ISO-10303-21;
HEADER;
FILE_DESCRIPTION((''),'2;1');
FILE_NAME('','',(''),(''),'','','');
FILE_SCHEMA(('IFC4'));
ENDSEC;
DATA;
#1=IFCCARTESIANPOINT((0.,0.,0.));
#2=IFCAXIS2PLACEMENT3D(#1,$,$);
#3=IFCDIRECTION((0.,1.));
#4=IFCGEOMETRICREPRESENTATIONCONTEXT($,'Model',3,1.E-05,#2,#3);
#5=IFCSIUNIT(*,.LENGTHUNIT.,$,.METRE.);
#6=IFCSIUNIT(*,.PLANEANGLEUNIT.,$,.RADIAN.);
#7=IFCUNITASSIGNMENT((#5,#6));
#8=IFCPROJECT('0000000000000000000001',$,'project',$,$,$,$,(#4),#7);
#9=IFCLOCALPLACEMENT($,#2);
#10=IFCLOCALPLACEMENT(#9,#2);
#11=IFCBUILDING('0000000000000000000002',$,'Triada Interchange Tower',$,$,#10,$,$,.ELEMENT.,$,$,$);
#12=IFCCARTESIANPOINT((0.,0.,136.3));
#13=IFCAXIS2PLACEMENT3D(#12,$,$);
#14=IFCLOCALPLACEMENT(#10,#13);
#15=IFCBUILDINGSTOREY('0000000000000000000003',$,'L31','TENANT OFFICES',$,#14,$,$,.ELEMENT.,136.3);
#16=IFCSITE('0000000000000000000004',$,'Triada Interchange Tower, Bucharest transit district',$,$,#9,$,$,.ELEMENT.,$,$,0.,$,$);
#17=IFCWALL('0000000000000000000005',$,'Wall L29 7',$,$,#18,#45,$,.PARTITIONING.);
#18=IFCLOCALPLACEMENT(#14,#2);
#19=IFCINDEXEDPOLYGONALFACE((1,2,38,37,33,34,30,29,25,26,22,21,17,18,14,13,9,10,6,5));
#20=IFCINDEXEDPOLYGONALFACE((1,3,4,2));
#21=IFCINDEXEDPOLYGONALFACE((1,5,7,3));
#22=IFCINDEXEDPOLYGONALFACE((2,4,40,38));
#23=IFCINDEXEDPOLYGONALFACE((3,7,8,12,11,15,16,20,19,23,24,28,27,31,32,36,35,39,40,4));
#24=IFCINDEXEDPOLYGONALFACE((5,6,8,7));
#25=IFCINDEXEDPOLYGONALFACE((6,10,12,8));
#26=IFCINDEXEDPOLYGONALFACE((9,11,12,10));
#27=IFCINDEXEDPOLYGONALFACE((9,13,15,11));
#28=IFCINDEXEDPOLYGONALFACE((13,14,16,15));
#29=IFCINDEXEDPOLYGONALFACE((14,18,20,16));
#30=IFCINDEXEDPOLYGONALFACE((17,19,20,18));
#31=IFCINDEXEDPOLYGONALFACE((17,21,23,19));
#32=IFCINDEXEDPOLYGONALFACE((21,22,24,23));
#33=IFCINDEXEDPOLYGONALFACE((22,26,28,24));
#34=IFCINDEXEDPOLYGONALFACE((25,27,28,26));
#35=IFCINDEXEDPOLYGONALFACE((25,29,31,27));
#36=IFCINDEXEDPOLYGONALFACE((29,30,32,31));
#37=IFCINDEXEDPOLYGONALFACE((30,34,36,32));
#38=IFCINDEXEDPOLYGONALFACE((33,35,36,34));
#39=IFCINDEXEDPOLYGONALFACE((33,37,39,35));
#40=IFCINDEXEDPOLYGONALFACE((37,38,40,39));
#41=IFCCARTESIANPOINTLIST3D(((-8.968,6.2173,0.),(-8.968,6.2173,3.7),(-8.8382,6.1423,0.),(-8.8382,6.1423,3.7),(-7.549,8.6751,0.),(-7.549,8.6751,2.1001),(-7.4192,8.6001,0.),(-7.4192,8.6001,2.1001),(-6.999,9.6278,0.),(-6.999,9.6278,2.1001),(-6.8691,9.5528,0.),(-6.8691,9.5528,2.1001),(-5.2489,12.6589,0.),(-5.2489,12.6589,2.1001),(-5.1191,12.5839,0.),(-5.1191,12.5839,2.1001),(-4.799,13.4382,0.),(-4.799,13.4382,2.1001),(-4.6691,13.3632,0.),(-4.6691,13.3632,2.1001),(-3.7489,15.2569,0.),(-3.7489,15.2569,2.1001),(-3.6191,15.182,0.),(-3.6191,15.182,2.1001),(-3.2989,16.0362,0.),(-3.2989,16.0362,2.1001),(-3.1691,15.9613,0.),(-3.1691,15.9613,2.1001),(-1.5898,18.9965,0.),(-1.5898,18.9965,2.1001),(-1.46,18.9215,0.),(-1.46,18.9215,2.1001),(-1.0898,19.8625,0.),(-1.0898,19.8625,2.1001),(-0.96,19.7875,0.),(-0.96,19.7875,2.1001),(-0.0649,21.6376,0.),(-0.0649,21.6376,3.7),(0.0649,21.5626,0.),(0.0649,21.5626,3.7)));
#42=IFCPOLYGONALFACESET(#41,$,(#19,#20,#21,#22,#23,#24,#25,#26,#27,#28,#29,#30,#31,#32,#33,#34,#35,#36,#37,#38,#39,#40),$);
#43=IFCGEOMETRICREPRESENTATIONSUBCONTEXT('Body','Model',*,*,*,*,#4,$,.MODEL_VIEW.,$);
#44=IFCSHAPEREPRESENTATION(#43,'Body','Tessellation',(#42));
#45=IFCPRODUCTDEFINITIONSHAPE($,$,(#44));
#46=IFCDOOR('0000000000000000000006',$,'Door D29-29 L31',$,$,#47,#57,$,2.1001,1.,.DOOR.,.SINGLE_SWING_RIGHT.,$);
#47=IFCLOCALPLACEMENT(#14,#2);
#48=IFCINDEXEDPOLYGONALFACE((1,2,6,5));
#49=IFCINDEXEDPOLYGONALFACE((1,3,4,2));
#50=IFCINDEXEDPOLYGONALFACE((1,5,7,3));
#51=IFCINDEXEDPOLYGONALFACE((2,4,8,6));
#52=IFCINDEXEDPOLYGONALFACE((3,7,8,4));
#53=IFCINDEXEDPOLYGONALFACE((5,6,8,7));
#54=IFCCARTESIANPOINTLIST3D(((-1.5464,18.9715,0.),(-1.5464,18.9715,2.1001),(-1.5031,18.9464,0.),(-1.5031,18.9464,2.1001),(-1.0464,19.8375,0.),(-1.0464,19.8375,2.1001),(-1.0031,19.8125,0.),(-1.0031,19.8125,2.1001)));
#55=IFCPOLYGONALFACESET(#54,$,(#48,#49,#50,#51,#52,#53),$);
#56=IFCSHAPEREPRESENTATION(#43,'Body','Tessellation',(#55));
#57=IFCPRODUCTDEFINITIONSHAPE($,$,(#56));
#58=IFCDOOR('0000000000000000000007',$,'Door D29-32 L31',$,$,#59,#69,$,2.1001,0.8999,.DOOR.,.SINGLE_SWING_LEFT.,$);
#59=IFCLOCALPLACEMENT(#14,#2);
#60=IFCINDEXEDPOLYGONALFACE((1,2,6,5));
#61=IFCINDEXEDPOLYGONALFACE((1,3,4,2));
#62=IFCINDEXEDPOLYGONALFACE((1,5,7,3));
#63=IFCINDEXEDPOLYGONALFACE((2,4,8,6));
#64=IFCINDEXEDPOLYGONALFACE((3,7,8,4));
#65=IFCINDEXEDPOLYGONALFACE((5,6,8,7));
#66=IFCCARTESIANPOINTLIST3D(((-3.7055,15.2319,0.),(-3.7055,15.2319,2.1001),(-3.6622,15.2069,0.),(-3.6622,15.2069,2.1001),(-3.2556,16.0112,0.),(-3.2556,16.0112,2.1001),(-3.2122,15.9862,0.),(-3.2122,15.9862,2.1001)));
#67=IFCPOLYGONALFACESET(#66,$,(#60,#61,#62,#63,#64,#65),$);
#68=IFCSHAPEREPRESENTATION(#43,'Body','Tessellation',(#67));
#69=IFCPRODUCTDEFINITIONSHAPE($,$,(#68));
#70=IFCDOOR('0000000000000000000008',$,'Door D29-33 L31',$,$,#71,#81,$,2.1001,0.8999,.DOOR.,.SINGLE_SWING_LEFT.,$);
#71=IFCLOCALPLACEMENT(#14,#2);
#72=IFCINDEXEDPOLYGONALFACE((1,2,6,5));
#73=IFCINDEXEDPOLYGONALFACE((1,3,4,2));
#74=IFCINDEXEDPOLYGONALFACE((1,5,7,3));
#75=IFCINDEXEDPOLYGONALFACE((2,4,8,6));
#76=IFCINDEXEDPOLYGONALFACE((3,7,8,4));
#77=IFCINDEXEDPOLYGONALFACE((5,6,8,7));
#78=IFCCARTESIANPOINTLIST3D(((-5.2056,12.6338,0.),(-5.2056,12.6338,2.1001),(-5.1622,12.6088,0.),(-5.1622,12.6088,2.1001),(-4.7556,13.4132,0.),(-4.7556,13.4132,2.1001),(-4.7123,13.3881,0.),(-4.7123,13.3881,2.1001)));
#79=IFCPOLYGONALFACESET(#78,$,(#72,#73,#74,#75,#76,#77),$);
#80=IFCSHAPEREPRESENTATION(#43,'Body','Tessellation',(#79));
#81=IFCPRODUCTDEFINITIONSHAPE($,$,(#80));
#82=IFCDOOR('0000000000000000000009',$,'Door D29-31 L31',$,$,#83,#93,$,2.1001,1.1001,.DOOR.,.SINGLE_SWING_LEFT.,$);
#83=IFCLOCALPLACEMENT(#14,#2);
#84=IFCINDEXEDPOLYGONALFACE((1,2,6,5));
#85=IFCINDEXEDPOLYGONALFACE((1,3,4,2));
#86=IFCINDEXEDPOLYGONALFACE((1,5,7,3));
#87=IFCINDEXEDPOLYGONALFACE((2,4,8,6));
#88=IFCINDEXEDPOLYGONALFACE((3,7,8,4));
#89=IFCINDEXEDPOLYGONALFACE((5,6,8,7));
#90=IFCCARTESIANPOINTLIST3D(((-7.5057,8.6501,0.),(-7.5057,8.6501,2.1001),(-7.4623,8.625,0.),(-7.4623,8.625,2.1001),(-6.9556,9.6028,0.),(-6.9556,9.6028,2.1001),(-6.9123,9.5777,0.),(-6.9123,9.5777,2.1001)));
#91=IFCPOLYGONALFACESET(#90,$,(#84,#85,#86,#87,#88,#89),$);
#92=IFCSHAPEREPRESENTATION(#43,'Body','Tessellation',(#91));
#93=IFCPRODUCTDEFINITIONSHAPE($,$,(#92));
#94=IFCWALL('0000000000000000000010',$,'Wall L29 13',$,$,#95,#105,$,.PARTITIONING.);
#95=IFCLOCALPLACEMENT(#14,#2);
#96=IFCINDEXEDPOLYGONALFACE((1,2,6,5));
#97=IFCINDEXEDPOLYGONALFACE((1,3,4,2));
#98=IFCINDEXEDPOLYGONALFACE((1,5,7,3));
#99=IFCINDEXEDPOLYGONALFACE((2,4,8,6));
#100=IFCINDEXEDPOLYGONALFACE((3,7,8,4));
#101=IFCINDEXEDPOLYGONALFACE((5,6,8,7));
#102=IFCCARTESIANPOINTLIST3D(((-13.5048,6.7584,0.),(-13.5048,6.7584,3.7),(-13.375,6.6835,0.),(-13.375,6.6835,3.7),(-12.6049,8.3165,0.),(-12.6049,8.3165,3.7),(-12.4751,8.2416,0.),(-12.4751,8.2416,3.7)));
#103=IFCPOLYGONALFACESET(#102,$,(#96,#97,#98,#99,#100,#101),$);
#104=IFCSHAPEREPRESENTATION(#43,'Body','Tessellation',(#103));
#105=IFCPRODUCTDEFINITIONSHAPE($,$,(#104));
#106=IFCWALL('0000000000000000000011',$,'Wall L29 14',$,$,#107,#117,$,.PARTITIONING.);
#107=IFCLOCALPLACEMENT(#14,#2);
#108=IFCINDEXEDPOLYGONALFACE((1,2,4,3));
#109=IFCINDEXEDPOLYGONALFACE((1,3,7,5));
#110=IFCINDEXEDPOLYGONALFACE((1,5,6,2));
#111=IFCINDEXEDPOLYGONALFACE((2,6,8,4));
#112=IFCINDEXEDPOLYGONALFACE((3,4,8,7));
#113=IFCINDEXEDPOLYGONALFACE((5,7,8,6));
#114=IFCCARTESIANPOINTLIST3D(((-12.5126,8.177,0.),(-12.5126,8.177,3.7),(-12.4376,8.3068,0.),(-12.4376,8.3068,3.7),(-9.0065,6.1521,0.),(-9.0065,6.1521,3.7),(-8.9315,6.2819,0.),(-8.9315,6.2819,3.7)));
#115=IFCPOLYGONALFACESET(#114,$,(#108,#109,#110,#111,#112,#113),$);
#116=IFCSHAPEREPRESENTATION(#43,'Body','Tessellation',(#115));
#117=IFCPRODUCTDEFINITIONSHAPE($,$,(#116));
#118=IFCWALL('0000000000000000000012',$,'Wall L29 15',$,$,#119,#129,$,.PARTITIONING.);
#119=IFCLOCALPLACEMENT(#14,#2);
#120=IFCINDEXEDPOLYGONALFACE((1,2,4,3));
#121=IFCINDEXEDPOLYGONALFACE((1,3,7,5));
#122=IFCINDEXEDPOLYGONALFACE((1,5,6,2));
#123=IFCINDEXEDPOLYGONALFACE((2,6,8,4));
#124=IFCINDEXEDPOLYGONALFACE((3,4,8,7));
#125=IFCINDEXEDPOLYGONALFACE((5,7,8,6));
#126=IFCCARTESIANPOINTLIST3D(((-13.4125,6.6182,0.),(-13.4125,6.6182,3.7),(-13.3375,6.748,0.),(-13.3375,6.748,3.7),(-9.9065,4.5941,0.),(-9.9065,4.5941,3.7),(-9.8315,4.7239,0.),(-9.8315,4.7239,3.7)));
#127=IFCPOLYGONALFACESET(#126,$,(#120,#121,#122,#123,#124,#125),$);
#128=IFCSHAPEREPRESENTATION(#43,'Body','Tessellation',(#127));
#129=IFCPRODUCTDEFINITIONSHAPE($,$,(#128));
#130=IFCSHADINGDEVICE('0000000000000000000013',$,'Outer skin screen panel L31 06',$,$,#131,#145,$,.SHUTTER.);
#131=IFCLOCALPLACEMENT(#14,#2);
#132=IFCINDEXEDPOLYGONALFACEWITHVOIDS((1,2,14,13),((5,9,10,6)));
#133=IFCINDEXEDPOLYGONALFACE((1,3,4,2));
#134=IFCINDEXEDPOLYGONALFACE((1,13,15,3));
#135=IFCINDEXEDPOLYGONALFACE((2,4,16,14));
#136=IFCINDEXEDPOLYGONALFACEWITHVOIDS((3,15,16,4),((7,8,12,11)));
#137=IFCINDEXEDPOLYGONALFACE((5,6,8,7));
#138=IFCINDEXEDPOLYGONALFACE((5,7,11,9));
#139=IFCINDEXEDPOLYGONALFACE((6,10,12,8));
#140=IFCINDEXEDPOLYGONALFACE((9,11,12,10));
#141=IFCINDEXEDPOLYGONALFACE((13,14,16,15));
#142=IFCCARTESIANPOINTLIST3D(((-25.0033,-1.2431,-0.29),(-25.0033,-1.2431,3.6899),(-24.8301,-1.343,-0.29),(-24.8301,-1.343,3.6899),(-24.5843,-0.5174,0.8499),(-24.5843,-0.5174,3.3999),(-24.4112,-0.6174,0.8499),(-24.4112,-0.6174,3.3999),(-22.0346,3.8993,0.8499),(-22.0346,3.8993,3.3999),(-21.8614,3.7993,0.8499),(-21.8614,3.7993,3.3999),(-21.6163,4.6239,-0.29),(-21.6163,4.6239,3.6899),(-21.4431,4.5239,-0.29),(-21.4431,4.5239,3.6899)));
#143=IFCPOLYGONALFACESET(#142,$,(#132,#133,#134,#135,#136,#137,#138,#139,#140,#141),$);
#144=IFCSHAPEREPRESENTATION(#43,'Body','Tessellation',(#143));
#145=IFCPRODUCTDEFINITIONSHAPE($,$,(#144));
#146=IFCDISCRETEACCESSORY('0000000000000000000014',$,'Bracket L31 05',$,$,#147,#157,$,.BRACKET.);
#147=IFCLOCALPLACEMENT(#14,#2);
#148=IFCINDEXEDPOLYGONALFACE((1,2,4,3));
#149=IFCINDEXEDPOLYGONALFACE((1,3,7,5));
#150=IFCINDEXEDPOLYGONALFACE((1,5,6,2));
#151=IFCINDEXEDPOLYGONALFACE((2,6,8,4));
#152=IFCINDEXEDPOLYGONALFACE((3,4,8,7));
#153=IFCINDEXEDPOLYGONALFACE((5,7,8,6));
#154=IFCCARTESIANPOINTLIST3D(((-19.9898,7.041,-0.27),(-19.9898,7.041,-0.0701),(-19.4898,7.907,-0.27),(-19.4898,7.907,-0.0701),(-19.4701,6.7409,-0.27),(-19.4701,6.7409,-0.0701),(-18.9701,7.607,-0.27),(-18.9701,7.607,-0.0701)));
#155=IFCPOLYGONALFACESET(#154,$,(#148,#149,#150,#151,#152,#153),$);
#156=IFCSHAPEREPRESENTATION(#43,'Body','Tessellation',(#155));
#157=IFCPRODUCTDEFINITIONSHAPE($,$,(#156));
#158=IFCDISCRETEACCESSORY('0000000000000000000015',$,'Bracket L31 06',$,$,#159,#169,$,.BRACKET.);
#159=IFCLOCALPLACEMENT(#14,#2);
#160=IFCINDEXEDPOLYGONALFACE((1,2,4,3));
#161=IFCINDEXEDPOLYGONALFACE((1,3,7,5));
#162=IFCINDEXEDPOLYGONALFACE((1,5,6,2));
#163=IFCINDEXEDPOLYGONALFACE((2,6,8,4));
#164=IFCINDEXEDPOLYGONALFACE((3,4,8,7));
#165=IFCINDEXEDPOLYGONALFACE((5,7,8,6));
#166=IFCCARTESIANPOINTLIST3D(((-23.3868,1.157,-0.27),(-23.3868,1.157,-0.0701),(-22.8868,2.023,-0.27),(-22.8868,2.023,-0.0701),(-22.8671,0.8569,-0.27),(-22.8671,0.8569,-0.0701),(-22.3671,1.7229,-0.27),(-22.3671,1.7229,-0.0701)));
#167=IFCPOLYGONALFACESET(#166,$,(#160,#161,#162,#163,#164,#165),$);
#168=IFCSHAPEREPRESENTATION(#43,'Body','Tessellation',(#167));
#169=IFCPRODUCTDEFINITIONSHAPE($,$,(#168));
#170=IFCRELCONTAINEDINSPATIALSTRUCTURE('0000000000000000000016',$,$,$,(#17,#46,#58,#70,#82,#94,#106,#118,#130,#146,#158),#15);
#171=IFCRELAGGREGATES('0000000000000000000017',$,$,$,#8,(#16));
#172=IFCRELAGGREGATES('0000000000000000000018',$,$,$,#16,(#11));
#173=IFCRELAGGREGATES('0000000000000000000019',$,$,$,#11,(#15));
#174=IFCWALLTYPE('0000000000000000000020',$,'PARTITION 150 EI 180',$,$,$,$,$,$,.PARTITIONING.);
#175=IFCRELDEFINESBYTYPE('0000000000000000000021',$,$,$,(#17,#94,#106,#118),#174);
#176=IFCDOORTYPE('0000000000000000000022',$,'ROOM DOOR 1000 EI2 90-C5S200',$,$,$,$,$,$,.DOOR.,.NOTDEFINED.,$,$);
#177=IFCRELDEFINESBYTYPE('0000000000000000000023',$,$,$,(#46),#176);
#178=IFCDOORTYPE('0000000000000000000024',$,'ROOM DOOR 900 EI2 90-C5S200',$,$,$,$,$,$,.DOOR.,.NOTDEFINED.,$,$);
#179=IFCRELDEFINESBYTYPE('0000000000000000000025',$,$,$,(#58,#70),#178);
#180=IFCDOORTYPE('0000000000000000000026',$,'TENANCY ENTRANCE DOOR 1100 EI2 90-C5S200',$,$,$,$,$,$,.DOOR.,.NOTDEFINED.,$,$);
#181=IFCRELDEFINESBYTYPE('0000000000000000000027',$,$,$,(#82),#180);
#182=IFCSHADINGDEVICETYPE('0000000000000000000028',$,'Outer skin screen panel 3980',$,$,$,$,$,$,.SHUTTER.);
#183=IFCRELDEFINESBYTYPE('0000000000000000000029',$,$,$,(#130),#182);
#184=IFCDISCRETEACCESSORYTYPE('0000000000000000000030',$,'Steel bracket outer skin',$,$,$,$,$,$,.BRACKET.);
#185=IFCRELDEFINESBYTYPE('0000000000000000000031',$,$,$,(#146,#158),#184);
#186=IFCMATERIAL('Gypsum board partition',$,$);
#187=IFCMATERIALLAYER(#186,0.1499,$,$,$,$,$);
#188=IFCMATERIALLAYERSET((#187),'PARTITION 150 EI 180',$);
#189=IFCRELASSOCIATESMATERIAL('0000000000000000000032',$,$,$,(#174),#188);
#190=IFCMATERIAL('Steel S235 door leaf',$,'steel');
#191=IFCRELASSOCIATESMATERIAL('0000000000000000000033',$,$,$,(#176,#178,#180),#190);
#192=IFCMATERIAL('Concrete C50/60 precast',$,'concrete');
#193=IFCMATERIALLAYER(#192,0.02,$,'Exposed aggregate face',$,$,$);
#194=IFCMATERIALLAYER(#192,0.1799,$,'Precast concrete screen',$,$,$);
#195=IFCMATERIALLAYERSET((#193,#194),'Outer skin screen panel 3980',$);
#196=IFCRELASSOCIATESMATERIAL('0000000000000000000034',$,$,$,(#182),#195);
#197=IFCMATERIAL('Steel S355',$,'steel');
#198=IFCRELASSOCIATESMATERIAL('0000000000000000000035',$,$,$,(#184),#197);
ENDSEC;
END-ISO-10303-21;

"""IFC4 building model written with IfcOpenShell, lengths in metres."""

from ifc_helpers import new_model, si_unit, direction, frame, frame_2d, origin, origin_2d, place, context, subcontext, project, spatial, polyline, rectangle, outline, extrude, material, layer, layer_set, type_object, element, fill, save


model = new_model("IFC4")

# Units and contexts
model_context = context("Model", 3, precision=1e-05, world=origin(), true_north=direction((0.0, 1.0)))
body_context = subcontext(model_context, "Body", "Model", "MODEL_VIEW")
ifc_project = project(units=[si_unit("LENGTHUNIT", "METRE"), si_unit("PLANEANGLEUNIT", "RADIAN")], contexts=[model_context])

# Site, building, storey
site_placement = place(None, origin())
site = spatial("IfcSite", under=ifc_project, at=site_placement, Name="Triada Interchange Tower, Bucharest transit district", CompositionType="ELEMENT", RefElevation=0.0)
building_placement = place(site_placement, origin())
building = spatial("IfcBuilding", under=site, at=building_placement, Name="Triada Interchange Tower", CompositionType="ELEMENT")
storey_placement = place(building_placement, frame((0.0, 0.0, 136.3)))
storey = spatial("IfcBuildingStorey", under=building, at=storey_placement, Name="L31", Description="TENANT OFFICES", CompositionType="ELEMENT", Elevation=136.3)

# Shared definitions
ifc_material_1 = material(Name="Steel S235 door leaf", Category="steel")

# Shared definitions
ifc_material_2 = material(Name="Gypsum board partition")
ifc_layer_1 = layer(ifc_material_2, 0.1499)
ifc_layer_set_1 = layer_set([ifc_layer_1], Name="PARTITION 150 EI 180")
wall_type_1 = type_object("IfcWallType", Name="PARTITION 150 EI 180", PredefinedType="PARTITIONING", material=ifc_layer_set_1)

# Wall, openings, doors
wall_1_placement = place(storey_placement, frame((-8.9031, 6.1799, 0.0), z_axis=(0.0, 0.0, 1.0), x_axis=(0.50001, 0.86602, 0.0)))
wall_1 = element("IfcWall", 1, at=wall_1_placement, inside=storey, type_object=wall_type_1, Name="Wall L29 7", PredefinedType="PARTITIONING", context=body_context, shape_type="SweptSolid", body=[
    extrude(rectangle(XDim=17.8059, YDim=0.1499, at=frame_2d((8.9028, 0.0))), origin(), (0.0, 0.0, 1.0), 3.7),
])
opening_1_placement = place(wall_1_placement, frame((14.7561, 0.0, 0.0)))
opening_1 = element("IfcOpeningElement", 2, at=opening_1_placement, cuts=wall_1, PredefinedType="OPENING", context=body_context, shape_type="SweptSolid", body=[
    extrude(rectangle(XDim=1.0, YDim=2.1001, at=frame_2d((0.5, 1.05))), frame((0.0, 0.085, 0.0), z_axis=(0.0, -1.0, 0.0), x_axis=(1.0, 0.0, 0.0)), (0.0, 0.0, 1.0), 0.1699),
])
opening_2_placement = place(wall_1_placement, frame((2.8379, 0.0, 0.0)))
opening_2 = element("IfcOpeningElement", 3, at=opening_2_placement, cuts=wall_1, PredefinedType="OPENING", context=body_context, shape_type="SweptSolid", body=[
    extrude(rectangle(XDim=1.1001, YDim=2.1001, at=frame_2d((0.55, 1.05))), frame((0.0, 0.085, 0.0), z_axis=(0.0, -1.0, 0.0), x_axis=(1.0, 0.0, 0.0)), (0.0, 0.0, 1.0), 0.1699),
])
opening_3_placement = place(wall_1_placement, frame((10.438, 0.0, 0.0)))
opening_3 = element("IfcOpeningElement", 4, at=opening_3_placement, cuts=wall_1, PredefinedType="OPENING", context=body_context, shape_type="SweptSolid", body=[
    extrude(rectangle(XDim=0.8999, YDim=2.1001, at=frame_2d((0.45, 1.05))), frame((0.0, 0.085, 0.0), z_axis=(0.0, -1.0, 0.0), x_axis=(1.0, 0.0, 0.0)), (0.0, 0.0, 1.0), 0.1699),
])
opening_4_placement = place(wall_1_placement, frame((7.438, 0.0, 0.0)))
opening_4 = element("IfcOpeningElement", 5, at=opening_4_placement, cuts=wall_1, PredefinedType="OPENING", context=body_context, shape_type="SweptSolid", body=[
    extrude(rectangle(XDim=0.8999, YDim=2.1001, at=frame_2d((0.45, 1.05))), frame((0.0, 0.085, 0.0), z_axis=(0.0, -1.0, 0.0), x_axis=(1.0, 0.0, 0.0)), (0.0, 0.0, 1.0), 0.1699),
])
door_type_1 = type_object("IfcDoorType", Name="ROOM DOOR 1000 EI2 90-C5S200", OperationType="NOTDEFINED", PredefinedType="DOOR", material=ifc_material_1)
door_1_placement = place(opening_1_placement, origin())
door_1 = element("IfcDoor", 6, at=door_1_placement, inside=storey, type_object=door_type_1, Name="Door D29-29 L31", OperationType="SINGLE_SWING_RIGHT", OverallHeight=2.1001, OverallWidth=1.0, PredefinedType="DOOR", context=body_context, shape_type="SweptSolid", body=[
    extrude(rectangle(XDim=1.0, YDim=2.1001, at=frame_2d((0.5, 1.05))), frame((0.0, 0.0249, 0.0), z_axis=(0.0, -1.0, 0.0), x_axis=(1.0, 0.0, 0.0)), (0.0, 0.0, 1.0), 0.05),
])
fill(opening_1, door_1)
door_type_2 = type_object("IfcDoorType", Name="ROOM DOOR 900 EI2 90-C5S200", OperationType="NOTDEFINED", PredefinedType="DOOR", material=ifc_material_1)
door_2_placement = place(opening_3_placement, origin())
door_2 = element("IfcDoor", 7, at=door_2_placement, inside=storey, type_object=door_type_2, Name="Door D29-32 L31", OperationType="SINGLE_SWING_LEFT", OverallHeight=2.1001, OverallWidth=0.8999, PredefinedType="DOOR", context=body_context, shape_type="SweptSolid", body=[
    extrude(rectangle(XDim=0.8999, YDim=2.1001, at=frame_2d((0.45, 1.05))), frame((0.0, 0.0249, 0.0), z_axis=(0.0, -1.0, 0.0), x_axis=(1.0, 0.0, 0.0)), (0.0, 0.0, 1.0), 0.05),
])
fill(opening_3, door_2)
door_3_placement = place(opening_4_placement, origin())
door_3 = element("IfcDoor", 8, at=door_3_placement, inside=storey, type_object=door_type_2, Name="Door D29-33 L31", OperationType="SINGLE_SWING_LEFT", OverallHeight=2.1001, OverallWidth=0.8999, PredefinedType="DOOR", context=body_context, shape_type="SweptSolid", body=[
    extrude(rectangle(XDim=0.8999, YDim=2.1001, at=frame_2d((0.45, 1.05))), frame((0.0, 0.0249, 0.0), z_axis=(0.0, -1.0, 0.0), x_axis=(1.0, 0.0, 0.0)), (0.0, 0.0, 1.0), 0.05),
])
fill(opening_4, door_3)
door_type_3 = type_object("IfcDoorType", Name="TENANCY ENTRANCE DOOR 1100 EI2 90-C5S200", OperationType="NOTDEFINED", PredefinedType="DOOR", material=ifc_material_1)
door_4_placement = place(opening_2_placement, origin())
door_4 = element("IfcDoor", 9, at=door_4_placement, inside=storey, type_object=door_type_3, Name="Door D29-31 L31", OperationType="SINGLE_SWING_LEFT", OverallHeight=2.1001, OverallWidth=1.1001, PredefinedType="DOOR", context=body_context, shape_type="SweptSolid", body=[
    extrude(rectangle(XDim=1.1001, YDim=2.1001, at=frame_2d((0.55, 1.05))), frame((0.0, 0.0249, 0.0), z_axis=(0.0, -1.0, 0.0), x_axis=(1.0, 0.0, 0.0)), (0.0, 0.0, 1.0), 0.05),
])
fill(opening_2, door_4)

# Walls
wall_2_placement = place(storey_placement, frame((-13.4399, 6.7209, 0.0), z_axis=(0.0, 0.0, 1.0), x_axis=(0.500137, 0.865946, 0.0)))
element("IfcWall", 10, at=wall_2_placement, inside=storey, type_object=wall_type_1, Name="Wall L29 13", PredefinedType="PARTITIONING", context=body_context, shape_type="SweptSolid", body=[
    extrude(rectangle(XDim=1.7993, YDim=0.1499, at=frame_2d((0.8997, 0.0))), origin(), (0.0, 0.0, 1.0), 3.7),
])
wall_3_placement = place(storey_placement, frame((-12.4751, 8.2419, 0.0), z_axis=(0.0, 0.0, 1.0), x_axis=(0.865956, -0.500121, 0.0)))
element("IfcWall", 11, at=wall_3_placement, inside=storey, type_object=wall_type_1, Name="Wall L29 14", PredefinedType="PARTITIONING", context=body_context, shape_type="SweptSolid", body=[
    extrude(rectangle(XDim=4.0488, YDim=0.1499, at=frame_2d((2.0244, 0.0))), origin(), (0.0, 0.0, 1.0), 3.7),
])
wall_4_placement = place(storey_placement, frame((-13.375, 6.6831, 0.0), z_axis=(0.0, 0.0, 1.0), x_axis=(0.866034, -0.499985, 0.0)))
element("IfcWall", 12, at=wall_4_placement, inside=storey, type_object=wall_type_1, Name="Wall L29 15", PredefinedType="PARTITIONING", context=body_context, shape_type="SweptSolid", body=[
    extrude(rectangle(XDim=4.0483, YDim=0.1499, at=frame_2d((2.0242, 0.0))), origin(), (0.0, 0.0, 1.0), 3.7),
])

# Shading device
ifc_material_3 = material(Name="Concrete C50/60 precast", Category="concrete")
ifc_layer_2 = layer(ifc_material_3, 0.02, Name="Exposed aggregate face")
ifc_layer_3 = layer(ifc_material_3, 0.1799, Name="Precast concrete screen")
ifc_layer_set_2 = layer_set([ifc_layer_2, ifc_layer_3], Name="Outer skin screen panel 3980")
shading_device_type = type_object("IfcShadingDeviceType", Name="Outer skin screen panel 3980", PredefinedType="SHUTTER", material=ifc_layer_set_2)
shading_device_placement = place(storey_placement, frame((-21.4431, 4.5239, -0.29), z_axis=(0.0, 0.0, 1.0), x_axis=(-0.499965, -0.866046, 0.0)))
element("IfcShadingDevice", 13, at=shading_device_placement, inside=storey, type_object=shading_device_type, Name="Outer skin screen panel L31 06", PredefinedType="SHUTTER", context=body_context, shape_type="SweptSolid", body=[
    extrude(outline(polyline([(0.0, 0.0), (6.7744, 0.0), (6.7744, 3.98), (0.0, 3.98), (0.0, 0.0)]), holes=[polyline([(0.8367, 1.1399), (0.8367, 3.6899), (5.9365, 3.6899), (5.9365, 1.1399), (0.8367, 1.1399)])]), frame((0.0, 0.0, 0.0), z_axis=(0.0, -1.0, 0.0), x_axis=(1.0, 0.0, 0.0)), (0.0, 0.0, 1.0), 0.2),
])

# Discrete accessories
ifc_material_4 = material(Name="Steel S355", Category="steel")
discrete_accessory_type = type_object("IfcDiscreteAccessoryType", Name="Steel bracket outer skin", PredefinedType="BRACKET", material=ifc_material_4)
for number, where, z_axis, x_axis, name in (
    (14, (-19.48, 7.324, -0.27), (0.0, 0.0, 1.0), (-0.866023, 0.500004, 0.0), "Bracket L31 05"),
    (15, (-22.877, 1.4399, -0.27), (0.0, 0.0, 1.0), (-0.866023, 0.500004, 0.0), "Bracket L31 06"),
):
    element("IfcDiscreteAccessory", number, at=place(storey_placement, frame(where, z_axis=z_axis, x_axis=x_axis)), inside=storey, type_object=discrete_accessory_type, Name=name, PredefinedType="BRACKET", context=body_context, shape_type="SweptSolid", body=[
        extrude(rectangle(XDim=0.6001, YDim=1.0, at=origin_2d()), origin(), (0.0, 0.0, 1.0), 0.2),
    ])

save(model, "model.ifc")
